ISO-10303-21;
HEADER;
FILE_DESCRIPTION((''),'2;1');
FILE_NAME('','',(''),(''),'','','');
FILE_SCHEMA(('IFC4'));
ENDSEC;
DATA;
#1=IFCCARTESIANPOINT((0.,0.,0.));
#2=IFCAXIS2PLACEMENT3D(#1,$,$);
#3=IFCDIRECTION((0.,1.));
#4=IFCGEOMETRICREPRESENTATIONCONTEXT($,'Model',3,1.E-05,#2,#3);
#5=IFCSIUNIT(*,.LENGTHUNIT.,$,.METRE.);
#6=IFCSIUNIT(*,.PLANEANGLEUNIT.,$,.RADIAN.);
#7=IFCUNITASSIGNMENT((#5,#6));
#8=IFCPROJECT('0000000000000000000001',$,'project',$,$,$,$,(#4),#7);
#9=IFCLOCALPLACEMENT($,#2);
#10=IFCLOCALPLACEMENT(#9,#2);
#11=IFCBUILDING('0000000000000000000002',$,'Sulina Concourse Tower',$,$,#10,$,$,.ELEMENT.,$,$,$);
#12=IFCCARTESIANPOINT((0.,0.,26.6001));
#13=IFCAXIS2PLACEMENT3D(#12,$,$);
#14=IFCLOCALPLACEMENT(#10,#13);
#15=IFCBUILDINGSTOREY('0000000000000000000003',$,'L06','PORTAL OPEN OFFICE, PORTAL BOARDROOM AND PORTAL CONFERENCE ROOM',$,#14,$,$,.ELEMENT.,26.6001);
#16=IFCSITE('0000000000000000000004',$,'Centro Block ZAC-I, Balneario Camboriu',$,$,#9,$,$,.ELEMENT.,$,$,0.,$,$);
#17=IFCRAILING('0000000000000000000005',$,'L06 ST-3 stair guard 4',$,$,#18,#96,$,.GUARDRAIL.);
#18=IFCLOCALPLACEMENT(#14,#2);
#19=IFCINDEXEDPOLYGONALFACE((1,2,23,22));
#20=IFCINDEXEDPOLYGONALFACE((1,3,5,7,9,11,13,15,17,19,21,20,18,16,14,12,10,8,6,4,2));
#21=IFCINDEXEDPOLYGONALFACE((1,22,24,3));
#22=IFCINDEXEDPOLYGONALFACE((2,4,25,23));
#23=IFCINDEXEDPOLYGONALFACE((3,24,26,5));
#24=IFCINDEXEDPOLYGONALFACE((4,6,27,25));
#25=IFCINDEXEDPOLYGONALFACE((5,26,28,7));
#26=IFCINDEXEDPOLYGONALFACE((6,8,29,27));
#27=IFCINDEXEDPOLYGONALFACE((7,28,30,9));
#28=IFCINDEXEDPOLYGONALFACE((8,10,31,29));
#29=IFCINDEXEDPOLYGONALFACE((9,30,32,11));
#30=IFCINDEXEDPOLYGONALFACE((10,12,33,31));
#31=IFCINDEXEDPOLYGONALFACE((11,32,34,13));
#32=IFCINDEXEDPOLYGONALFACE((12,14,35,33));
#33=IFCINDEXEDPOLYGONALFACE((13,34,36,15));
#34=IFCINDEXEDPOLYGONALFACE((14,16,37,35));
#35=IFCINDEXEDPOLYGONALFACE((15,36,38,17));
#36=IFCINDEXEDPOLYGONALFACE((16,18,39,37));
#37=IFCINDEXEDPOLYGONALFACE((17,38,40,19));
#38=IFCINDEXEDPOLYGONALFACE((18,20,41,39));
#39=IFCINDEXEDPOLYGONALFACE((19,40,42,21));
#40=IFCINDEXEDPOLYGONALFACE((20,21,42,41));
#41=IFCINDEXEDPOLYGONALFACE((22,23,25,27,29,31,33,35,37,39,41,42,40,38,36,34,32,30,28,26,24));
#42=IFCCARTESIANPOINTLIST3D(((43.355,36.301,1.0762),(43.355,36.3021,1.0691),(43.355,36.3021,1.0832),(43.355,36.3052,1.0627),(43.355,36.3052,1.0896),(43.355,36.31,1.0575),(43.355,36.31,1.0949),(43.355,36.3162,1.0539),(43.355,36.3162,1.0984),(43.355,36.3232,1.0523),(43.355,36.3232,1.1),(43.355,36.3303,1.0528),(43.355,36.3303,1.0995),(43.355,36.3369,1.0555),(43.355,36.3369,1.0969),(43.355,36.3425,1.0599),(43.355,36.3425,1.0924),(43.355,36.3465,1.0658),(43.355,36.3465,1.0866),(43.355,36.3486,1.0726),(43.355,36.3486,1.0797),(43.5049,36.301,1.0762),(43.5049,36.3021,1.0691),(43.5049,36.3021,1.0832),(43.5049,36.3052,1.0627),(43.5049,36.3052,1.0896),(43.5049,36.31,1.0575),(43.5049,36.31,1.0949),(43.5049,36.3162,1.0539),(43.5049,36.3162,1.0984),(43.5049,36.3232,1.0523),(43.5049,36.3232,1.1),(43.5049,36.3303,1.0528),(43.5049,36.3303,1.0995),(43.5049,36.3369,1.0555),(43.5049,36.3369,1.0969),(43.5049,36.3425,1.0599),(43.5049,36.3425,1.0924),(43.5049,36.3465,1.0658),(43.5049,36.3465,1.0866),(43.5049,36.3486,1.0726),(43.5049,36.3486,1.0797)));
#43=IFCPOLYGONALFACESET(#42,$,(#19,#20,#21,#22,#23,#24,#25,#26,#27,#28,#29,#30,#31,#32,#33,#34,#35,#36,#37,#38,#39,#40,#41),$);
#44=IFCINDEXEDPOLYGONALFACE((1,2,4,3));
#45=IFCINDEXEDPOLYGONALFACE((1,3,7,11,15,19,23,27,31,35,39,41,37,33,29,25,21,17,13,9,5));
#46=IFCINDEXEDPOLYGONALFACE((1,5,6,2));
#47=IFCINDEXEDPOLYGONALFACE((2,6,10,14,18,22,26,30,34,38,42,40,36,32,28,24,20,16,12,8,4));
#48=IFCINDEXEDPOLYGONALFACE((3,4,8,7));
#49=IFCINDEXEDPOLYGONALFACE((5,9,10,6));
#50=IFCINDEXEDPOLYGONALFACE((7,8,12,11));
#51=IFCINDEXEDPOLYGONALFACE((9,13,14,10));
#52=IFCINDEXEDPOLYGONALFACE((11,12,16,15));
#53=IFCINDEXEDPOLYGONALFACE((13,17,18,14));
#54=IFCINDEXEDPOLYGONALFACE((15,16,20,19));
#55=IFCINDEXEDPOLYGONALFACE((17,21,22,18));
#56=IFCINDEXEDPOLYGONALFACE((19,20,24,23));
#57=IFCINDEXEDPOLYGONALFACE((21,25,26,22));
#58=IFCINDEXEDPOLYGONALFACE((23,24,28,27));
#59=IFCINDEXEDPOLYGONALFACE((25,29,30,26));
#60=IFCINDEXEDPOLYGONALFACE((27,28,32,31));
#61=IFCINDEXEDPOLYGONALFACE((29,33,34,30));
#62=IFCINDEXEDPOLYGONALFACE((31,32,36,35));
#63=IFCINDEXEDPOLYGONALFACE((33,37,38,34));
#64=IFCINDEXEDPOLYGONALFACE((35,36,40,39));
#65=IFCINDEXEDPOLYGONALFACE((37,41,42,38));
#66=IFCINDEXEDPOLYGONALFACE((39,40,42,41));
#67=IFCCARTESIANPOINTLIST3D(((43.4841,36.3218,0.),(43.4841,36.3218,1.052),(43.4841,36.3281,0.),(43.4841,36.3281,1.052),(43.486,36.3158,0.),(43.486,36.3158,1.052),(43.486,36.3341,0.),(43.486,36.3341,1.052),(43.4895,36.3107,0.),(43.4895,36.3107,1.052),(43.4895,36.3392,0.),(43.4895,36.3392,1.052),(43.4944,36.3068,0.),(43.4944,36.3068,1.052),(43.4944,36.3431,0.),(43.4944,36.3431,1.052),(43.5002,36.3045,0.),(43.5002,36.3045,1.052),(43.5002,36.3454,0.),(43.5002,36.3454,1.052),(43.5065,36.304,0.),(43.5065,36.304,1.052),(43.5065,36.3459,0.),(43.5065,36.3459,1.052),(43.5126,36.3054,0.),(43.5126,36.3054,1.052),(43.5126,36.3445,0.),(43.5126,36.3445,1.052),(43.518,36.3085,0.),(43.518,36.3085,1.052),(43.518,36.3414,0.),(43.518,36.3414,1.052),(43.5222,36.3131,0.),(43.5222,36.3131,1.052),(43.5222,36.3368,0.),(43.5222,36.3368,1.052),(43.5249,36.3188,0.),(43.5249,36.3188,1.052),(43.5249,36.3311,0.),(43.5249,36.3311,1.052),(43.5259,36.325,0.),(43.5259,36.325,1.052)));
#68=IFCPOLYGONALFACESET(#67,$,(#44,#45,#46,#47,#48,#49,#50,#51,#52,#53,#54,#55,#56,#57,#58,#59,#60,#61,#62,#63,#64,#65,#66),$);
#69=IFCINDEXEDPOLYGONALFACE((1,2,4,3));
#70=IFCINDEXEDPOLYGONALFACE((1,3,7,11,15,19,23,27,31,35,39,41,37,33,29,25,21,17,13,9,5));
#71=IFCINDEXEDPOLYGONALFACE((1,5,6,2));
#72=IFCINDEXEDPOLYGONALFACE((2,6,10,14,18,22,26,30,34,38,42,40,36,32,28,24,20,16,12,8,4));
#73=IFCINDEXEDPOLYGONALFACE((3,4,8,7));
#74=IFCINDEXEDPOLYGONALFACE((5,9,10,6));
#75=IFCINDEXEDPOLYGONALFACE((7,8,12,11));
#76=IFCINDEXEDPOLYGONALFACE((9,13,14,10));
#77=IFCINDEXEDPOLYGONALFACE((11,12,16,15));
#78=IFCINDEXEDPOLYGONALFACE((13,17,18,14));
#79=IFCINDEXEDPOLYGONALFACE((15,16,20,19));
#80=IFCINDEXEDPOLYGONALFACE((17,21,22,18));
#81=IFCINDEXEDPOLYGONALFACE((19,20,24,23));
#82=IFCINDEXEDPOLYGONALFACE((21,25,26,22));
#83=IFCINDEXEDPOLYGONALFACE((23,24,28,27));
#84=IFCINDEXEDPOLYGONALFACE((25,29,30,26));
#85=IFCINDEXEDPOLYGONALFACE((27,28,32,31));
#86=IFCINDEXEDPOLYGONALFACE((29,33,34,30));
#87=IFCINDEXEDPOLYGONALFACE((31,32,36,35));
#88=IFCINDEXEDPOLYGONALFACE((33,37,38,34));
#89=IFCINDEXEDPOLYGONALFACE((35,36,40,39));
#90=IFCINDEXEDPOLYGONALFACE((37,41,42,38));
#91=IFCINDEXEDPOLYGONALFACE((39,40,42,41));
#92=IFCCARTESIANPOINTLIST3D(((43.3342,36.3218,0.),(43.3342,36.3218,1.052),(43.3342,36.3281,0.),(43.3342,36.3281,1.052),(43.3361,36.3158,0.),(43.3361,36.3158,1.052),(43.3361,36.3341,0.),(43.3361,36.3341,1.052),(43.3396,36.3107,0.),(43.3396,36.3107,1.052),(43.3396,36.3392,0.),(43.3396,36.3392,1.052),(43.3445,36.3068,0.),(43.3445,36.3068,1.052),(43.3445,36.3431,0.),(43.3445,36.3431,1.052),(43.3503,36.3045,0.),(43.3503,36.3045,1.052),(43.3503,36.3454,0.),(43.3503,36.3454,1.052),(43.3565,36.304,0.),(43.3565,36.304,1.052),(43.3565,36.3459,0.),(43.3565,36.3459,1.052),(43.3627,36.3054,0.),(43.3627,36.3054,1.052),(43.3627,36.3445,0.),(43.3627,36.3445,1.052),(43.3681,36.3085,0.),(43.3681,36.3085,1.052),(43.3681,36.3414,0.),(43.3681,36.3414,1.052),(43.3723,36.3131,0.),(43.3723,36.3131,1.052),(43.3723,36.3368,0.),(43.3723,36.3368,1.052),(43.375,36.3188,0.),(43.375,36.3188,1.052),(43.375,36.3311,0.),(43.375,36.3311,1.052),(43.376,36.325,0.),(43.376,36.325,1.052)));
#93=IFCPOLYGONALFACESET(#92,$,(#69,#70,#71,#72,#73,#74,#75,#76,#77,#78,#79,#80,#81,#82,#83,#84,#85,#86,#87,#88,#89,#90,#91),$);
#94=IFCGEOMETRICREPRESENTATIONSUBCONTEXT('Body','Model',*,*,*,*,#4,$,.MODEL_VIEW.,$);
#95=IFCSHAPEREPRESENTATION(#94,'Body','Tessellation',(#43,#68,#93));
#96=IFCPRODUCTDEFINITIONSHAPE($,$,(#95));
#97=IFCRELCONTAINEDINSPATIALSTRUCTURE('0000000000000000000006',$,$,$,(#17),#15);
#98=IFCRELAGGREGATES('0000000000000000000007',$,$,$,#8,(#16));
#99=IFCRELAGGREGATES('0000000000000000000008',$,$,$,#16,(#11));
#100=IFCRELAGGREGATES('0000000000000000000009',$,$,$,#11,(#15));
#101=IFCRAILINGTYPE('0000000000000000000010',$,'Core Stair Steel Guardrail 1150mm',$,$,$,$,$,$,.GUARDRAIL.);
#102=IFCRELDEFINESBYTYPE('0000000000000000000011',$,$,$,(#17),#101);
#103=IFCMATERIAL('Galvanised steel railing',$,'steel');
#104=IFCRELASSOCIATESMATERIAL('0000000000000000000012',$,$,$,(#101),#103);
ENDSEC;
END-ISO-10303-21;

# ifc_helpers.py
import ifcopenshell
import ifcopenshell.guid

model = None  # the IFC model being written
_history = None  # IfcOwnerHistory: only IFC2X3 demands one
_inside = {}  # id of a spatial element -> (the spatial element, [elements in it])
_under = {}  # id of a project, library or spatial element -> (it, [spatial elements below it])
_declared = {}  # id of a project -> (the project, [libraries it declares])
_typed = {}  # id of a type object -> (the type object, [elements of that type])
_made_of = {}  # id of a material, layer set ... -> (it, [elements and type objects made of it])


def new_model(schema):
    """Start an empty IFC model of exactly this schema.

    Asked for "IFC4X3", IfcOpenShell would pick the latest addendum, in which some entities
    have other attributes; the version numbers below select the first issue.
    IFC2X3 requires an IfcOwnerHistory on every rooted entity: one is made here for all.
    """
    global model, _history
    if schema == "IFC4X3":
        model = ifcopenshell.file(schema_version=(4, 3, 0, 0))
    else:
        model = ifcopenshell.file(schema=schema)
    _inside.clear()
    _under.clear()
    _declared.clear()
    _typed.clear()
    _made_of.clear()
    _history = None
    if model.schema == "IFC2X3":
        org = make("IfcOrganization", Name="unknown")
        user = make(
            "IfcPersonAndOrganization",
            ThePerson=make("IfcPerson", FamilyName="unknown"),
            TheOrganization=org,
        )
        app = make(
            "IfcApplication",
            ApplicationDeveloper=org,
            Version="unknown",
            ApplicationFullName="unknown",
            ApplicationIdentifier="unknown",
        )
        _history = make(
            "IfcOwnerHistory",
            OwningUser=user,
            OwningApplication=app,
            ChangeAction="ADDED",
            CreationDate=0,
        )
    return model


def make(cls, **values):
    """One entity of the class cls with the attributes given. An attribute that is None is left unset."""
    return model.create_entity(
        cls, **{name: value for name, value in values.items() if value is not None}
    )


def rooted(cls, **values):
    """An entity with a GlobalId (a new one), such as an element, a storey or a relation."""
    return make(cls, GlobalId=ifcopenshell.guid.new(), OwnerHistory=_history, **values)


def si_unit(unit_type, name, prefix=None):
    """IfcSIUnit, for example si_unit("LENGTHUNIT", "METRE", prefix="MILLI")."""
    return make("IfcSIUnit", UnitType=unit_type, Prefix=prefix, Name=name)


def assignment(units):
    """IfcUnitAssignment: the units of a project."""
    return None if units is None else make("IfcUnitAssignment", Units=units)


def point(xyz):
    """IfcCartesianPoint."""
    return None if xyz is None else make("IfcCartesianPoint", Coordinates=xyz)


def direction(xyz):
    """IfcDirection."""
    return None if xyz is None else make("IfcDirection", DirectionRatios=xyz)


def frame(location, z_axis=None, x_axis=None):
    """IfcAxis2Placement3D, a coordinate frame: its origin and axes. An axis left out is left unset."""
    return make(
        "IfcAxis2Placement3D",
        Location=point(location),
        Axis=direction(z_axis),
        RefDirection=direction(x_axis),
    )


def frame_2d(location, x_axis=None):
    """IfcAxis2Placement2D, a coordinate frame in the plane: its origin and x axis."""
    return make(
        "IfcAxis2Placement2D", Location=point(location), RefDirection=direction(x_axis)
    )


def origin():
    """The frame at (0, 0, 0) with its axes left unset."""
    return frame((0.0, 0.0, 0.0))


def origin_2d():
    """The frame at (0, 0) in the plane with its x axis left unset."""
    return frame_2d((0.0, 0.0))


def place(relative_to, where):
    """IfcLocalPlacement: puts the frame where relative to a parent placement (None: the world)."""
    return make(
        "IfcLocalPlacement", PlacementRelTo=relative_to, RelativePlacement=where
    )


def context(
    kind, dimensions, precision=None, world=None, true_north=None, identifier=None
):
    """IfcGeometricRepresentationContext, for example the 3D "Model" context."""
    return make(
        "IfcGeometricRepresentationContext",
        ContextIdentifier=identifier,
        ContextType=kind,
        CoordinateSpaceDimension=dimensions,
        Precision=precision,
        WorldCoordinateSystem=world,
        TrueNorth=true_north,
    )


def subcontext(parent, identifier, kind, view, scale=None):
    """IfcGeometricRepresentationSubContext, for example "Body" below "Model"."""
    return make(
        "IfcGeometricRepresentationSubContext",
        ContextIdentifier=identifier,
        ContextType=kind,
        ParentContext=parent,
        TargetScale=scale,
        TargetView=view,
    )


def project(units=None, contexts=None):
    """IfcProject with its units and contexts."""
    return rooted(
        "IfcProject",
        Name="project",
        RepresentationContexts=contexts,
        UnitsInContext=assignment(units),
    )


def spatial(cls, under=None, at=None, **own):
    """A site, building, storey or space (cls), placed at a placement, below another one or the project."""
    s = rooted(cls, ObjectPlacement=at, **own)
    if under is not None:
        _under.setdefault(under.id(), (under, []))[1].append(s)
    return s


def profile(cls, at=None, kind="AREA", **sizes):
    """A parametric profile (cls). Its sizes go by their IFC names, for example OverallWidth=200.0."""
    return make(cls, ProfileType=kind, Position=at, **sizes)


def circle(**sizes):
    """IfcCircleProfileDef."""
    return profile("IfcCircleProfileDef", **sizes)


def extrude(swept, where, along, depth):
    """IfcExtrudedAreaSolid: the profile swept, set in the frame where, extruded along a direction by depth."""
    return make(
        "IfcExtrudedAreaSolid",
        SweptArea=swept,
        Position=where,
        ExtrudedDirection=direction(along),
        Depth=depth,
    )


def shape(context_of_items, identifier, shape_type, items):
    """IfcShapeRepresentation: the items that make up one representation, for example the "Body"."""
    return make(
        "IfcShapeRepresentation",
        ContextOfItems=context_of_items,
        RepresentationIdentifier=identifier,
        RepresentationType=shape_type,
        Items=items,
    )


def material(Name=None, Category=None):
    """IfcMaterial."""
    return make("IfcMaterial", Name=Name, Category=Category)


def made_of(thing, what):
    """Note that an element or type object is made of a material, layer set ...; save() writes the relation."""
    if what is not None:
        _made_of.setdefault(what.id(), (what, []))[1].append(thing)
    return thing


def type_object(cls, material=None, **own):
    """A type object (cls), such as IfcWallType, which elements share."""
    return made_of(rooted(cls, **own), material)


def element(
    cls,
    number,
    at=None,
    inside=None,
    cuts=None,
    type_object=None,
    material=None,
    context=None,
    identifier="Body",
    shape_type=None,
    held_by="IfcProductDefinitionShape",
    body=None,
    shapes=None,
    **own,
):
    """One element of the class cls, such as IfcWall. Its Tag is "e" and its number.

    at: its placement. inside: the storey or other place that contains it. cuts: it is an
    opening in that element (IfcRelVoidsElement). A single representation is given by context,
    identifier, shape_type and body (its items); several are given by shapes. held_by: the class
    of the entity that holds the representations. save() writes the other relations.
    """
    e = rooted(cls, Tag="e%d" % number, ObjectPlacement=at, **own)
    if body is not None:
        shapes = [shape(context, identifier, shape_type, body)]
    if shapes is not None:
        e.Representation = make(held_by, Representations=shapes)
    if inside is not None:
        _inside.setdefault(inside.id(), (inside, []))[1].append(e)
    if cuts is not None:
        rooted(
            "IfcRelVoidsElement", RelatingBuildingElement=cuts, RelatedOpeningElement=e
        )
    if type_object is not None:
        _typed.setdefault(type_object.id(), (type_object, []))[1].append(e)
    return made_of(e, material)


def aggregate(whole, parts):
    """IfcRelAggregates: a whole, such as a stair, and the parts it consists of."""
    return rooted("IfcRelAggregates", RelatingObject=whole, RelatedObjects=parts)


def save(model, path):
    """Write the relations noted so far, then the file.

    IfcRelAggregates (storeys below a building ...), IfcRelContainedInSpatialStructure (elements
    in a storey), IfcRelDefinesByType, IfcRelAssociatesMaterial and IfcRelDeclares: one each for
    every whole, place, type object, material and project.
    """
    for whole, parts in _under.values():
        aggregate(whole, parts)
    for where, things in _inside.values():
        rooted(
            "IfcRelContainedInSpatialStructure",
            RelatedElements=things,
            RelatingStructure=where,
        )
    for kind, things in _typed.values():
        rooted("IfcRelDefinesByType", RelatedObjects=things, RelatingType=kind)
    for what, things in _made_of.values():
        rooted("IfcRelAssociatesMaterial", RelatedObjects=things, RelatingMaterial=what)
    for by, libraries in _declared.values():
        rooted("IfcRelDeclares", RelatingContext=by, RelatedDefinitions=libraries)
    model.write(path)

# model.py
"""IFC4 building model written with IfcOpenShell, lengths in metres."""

from ifc_helpers import new_model, si_unit, direction, frame, origin, origin_2d, place, context, subcontext, project, spatial, circle, extrude, material, type_object, element, save


model = new_model("IFC4")

# Units and contexts
model_context = context("Model", 3, precision=1e-05, world=origin(), true_north=direction((0.0, 1.0)))
body_context = subcontext(model_context, "Body", "Model", "MODEL_VIEW")
ifc_project = project(units=[si_unit("LENGTHUNIT", "METRE"), si_unit("PLANEANGLEUNIT", "RADIAN")], contexts=[model_context])

# Site, building, storey
site_placement = place(None, origin())
site = spatial("IfcSite", under=ifc_project, at=site_placement, Name="Centro Block ZAC-I, Balneario Camboriu", CompositionType="ELEMENT", RefElevation=0.0)
building_placement = place(site_placement, origin())
building = spatial("IfcBuilding", under=site, at=building_placement, Name="Sulina Concourse Tower", CompositionType="ELEMENT")
storey_placement = place(building_placement, frame((0.0, 0.0, 26.6001)))
storey = spatial("IfcBuildingStorey", under=building, at=storey_placement, Name="L06", Description="PORTAL OPEN OFFICE, PORTAL BOARDROOM AND PORTAL CONFERENCE ROOM", CompositionType="ELEMENT", Elevation=26.6001)

# Railing
ifc_material_1 = material(Name="Galvanised steel railing", Category="steel")
railing_type_1 = type_object("IfcRailingType", Name="Core Stair Steel Guardrail 1150mm", PredefinedType="GUARDRAIL", material=ifc_material_1)
railing_1_placement = place(storey_placement, frame((43.5049, 36.325, 0.0)))
element("IfcRailing", 1, at=railing_1_placement, inside=storey, type_object=railing_type_1, Name="L06 ST-3 stair guard 4", PredefinedType="GUARDRAIL", context=body_context, shape_type="SweptSolid", body=[
    extrude(circle(Radius=0.0239, at=origin_2d()), frame((0.0, 0.0, 1.0762), z_axis=(-1.0, 0.0, 0.0), x_axis=(0.0, -1.0, 0.0)), (0.0, 0.0, 1.0), 0.1499),
    extrude(circle(Radius=0.021, at=origin_2d()), origin(), (0.0, 0.0, 1.0), 1.052),
    extrude(circle(Radius=0.021, at=origin_2d()), frame((-0.1499, 0.0, 0.0)), (0.0, 0.0, 1.0), 1.052),
])

save(model, "model.ifc")
